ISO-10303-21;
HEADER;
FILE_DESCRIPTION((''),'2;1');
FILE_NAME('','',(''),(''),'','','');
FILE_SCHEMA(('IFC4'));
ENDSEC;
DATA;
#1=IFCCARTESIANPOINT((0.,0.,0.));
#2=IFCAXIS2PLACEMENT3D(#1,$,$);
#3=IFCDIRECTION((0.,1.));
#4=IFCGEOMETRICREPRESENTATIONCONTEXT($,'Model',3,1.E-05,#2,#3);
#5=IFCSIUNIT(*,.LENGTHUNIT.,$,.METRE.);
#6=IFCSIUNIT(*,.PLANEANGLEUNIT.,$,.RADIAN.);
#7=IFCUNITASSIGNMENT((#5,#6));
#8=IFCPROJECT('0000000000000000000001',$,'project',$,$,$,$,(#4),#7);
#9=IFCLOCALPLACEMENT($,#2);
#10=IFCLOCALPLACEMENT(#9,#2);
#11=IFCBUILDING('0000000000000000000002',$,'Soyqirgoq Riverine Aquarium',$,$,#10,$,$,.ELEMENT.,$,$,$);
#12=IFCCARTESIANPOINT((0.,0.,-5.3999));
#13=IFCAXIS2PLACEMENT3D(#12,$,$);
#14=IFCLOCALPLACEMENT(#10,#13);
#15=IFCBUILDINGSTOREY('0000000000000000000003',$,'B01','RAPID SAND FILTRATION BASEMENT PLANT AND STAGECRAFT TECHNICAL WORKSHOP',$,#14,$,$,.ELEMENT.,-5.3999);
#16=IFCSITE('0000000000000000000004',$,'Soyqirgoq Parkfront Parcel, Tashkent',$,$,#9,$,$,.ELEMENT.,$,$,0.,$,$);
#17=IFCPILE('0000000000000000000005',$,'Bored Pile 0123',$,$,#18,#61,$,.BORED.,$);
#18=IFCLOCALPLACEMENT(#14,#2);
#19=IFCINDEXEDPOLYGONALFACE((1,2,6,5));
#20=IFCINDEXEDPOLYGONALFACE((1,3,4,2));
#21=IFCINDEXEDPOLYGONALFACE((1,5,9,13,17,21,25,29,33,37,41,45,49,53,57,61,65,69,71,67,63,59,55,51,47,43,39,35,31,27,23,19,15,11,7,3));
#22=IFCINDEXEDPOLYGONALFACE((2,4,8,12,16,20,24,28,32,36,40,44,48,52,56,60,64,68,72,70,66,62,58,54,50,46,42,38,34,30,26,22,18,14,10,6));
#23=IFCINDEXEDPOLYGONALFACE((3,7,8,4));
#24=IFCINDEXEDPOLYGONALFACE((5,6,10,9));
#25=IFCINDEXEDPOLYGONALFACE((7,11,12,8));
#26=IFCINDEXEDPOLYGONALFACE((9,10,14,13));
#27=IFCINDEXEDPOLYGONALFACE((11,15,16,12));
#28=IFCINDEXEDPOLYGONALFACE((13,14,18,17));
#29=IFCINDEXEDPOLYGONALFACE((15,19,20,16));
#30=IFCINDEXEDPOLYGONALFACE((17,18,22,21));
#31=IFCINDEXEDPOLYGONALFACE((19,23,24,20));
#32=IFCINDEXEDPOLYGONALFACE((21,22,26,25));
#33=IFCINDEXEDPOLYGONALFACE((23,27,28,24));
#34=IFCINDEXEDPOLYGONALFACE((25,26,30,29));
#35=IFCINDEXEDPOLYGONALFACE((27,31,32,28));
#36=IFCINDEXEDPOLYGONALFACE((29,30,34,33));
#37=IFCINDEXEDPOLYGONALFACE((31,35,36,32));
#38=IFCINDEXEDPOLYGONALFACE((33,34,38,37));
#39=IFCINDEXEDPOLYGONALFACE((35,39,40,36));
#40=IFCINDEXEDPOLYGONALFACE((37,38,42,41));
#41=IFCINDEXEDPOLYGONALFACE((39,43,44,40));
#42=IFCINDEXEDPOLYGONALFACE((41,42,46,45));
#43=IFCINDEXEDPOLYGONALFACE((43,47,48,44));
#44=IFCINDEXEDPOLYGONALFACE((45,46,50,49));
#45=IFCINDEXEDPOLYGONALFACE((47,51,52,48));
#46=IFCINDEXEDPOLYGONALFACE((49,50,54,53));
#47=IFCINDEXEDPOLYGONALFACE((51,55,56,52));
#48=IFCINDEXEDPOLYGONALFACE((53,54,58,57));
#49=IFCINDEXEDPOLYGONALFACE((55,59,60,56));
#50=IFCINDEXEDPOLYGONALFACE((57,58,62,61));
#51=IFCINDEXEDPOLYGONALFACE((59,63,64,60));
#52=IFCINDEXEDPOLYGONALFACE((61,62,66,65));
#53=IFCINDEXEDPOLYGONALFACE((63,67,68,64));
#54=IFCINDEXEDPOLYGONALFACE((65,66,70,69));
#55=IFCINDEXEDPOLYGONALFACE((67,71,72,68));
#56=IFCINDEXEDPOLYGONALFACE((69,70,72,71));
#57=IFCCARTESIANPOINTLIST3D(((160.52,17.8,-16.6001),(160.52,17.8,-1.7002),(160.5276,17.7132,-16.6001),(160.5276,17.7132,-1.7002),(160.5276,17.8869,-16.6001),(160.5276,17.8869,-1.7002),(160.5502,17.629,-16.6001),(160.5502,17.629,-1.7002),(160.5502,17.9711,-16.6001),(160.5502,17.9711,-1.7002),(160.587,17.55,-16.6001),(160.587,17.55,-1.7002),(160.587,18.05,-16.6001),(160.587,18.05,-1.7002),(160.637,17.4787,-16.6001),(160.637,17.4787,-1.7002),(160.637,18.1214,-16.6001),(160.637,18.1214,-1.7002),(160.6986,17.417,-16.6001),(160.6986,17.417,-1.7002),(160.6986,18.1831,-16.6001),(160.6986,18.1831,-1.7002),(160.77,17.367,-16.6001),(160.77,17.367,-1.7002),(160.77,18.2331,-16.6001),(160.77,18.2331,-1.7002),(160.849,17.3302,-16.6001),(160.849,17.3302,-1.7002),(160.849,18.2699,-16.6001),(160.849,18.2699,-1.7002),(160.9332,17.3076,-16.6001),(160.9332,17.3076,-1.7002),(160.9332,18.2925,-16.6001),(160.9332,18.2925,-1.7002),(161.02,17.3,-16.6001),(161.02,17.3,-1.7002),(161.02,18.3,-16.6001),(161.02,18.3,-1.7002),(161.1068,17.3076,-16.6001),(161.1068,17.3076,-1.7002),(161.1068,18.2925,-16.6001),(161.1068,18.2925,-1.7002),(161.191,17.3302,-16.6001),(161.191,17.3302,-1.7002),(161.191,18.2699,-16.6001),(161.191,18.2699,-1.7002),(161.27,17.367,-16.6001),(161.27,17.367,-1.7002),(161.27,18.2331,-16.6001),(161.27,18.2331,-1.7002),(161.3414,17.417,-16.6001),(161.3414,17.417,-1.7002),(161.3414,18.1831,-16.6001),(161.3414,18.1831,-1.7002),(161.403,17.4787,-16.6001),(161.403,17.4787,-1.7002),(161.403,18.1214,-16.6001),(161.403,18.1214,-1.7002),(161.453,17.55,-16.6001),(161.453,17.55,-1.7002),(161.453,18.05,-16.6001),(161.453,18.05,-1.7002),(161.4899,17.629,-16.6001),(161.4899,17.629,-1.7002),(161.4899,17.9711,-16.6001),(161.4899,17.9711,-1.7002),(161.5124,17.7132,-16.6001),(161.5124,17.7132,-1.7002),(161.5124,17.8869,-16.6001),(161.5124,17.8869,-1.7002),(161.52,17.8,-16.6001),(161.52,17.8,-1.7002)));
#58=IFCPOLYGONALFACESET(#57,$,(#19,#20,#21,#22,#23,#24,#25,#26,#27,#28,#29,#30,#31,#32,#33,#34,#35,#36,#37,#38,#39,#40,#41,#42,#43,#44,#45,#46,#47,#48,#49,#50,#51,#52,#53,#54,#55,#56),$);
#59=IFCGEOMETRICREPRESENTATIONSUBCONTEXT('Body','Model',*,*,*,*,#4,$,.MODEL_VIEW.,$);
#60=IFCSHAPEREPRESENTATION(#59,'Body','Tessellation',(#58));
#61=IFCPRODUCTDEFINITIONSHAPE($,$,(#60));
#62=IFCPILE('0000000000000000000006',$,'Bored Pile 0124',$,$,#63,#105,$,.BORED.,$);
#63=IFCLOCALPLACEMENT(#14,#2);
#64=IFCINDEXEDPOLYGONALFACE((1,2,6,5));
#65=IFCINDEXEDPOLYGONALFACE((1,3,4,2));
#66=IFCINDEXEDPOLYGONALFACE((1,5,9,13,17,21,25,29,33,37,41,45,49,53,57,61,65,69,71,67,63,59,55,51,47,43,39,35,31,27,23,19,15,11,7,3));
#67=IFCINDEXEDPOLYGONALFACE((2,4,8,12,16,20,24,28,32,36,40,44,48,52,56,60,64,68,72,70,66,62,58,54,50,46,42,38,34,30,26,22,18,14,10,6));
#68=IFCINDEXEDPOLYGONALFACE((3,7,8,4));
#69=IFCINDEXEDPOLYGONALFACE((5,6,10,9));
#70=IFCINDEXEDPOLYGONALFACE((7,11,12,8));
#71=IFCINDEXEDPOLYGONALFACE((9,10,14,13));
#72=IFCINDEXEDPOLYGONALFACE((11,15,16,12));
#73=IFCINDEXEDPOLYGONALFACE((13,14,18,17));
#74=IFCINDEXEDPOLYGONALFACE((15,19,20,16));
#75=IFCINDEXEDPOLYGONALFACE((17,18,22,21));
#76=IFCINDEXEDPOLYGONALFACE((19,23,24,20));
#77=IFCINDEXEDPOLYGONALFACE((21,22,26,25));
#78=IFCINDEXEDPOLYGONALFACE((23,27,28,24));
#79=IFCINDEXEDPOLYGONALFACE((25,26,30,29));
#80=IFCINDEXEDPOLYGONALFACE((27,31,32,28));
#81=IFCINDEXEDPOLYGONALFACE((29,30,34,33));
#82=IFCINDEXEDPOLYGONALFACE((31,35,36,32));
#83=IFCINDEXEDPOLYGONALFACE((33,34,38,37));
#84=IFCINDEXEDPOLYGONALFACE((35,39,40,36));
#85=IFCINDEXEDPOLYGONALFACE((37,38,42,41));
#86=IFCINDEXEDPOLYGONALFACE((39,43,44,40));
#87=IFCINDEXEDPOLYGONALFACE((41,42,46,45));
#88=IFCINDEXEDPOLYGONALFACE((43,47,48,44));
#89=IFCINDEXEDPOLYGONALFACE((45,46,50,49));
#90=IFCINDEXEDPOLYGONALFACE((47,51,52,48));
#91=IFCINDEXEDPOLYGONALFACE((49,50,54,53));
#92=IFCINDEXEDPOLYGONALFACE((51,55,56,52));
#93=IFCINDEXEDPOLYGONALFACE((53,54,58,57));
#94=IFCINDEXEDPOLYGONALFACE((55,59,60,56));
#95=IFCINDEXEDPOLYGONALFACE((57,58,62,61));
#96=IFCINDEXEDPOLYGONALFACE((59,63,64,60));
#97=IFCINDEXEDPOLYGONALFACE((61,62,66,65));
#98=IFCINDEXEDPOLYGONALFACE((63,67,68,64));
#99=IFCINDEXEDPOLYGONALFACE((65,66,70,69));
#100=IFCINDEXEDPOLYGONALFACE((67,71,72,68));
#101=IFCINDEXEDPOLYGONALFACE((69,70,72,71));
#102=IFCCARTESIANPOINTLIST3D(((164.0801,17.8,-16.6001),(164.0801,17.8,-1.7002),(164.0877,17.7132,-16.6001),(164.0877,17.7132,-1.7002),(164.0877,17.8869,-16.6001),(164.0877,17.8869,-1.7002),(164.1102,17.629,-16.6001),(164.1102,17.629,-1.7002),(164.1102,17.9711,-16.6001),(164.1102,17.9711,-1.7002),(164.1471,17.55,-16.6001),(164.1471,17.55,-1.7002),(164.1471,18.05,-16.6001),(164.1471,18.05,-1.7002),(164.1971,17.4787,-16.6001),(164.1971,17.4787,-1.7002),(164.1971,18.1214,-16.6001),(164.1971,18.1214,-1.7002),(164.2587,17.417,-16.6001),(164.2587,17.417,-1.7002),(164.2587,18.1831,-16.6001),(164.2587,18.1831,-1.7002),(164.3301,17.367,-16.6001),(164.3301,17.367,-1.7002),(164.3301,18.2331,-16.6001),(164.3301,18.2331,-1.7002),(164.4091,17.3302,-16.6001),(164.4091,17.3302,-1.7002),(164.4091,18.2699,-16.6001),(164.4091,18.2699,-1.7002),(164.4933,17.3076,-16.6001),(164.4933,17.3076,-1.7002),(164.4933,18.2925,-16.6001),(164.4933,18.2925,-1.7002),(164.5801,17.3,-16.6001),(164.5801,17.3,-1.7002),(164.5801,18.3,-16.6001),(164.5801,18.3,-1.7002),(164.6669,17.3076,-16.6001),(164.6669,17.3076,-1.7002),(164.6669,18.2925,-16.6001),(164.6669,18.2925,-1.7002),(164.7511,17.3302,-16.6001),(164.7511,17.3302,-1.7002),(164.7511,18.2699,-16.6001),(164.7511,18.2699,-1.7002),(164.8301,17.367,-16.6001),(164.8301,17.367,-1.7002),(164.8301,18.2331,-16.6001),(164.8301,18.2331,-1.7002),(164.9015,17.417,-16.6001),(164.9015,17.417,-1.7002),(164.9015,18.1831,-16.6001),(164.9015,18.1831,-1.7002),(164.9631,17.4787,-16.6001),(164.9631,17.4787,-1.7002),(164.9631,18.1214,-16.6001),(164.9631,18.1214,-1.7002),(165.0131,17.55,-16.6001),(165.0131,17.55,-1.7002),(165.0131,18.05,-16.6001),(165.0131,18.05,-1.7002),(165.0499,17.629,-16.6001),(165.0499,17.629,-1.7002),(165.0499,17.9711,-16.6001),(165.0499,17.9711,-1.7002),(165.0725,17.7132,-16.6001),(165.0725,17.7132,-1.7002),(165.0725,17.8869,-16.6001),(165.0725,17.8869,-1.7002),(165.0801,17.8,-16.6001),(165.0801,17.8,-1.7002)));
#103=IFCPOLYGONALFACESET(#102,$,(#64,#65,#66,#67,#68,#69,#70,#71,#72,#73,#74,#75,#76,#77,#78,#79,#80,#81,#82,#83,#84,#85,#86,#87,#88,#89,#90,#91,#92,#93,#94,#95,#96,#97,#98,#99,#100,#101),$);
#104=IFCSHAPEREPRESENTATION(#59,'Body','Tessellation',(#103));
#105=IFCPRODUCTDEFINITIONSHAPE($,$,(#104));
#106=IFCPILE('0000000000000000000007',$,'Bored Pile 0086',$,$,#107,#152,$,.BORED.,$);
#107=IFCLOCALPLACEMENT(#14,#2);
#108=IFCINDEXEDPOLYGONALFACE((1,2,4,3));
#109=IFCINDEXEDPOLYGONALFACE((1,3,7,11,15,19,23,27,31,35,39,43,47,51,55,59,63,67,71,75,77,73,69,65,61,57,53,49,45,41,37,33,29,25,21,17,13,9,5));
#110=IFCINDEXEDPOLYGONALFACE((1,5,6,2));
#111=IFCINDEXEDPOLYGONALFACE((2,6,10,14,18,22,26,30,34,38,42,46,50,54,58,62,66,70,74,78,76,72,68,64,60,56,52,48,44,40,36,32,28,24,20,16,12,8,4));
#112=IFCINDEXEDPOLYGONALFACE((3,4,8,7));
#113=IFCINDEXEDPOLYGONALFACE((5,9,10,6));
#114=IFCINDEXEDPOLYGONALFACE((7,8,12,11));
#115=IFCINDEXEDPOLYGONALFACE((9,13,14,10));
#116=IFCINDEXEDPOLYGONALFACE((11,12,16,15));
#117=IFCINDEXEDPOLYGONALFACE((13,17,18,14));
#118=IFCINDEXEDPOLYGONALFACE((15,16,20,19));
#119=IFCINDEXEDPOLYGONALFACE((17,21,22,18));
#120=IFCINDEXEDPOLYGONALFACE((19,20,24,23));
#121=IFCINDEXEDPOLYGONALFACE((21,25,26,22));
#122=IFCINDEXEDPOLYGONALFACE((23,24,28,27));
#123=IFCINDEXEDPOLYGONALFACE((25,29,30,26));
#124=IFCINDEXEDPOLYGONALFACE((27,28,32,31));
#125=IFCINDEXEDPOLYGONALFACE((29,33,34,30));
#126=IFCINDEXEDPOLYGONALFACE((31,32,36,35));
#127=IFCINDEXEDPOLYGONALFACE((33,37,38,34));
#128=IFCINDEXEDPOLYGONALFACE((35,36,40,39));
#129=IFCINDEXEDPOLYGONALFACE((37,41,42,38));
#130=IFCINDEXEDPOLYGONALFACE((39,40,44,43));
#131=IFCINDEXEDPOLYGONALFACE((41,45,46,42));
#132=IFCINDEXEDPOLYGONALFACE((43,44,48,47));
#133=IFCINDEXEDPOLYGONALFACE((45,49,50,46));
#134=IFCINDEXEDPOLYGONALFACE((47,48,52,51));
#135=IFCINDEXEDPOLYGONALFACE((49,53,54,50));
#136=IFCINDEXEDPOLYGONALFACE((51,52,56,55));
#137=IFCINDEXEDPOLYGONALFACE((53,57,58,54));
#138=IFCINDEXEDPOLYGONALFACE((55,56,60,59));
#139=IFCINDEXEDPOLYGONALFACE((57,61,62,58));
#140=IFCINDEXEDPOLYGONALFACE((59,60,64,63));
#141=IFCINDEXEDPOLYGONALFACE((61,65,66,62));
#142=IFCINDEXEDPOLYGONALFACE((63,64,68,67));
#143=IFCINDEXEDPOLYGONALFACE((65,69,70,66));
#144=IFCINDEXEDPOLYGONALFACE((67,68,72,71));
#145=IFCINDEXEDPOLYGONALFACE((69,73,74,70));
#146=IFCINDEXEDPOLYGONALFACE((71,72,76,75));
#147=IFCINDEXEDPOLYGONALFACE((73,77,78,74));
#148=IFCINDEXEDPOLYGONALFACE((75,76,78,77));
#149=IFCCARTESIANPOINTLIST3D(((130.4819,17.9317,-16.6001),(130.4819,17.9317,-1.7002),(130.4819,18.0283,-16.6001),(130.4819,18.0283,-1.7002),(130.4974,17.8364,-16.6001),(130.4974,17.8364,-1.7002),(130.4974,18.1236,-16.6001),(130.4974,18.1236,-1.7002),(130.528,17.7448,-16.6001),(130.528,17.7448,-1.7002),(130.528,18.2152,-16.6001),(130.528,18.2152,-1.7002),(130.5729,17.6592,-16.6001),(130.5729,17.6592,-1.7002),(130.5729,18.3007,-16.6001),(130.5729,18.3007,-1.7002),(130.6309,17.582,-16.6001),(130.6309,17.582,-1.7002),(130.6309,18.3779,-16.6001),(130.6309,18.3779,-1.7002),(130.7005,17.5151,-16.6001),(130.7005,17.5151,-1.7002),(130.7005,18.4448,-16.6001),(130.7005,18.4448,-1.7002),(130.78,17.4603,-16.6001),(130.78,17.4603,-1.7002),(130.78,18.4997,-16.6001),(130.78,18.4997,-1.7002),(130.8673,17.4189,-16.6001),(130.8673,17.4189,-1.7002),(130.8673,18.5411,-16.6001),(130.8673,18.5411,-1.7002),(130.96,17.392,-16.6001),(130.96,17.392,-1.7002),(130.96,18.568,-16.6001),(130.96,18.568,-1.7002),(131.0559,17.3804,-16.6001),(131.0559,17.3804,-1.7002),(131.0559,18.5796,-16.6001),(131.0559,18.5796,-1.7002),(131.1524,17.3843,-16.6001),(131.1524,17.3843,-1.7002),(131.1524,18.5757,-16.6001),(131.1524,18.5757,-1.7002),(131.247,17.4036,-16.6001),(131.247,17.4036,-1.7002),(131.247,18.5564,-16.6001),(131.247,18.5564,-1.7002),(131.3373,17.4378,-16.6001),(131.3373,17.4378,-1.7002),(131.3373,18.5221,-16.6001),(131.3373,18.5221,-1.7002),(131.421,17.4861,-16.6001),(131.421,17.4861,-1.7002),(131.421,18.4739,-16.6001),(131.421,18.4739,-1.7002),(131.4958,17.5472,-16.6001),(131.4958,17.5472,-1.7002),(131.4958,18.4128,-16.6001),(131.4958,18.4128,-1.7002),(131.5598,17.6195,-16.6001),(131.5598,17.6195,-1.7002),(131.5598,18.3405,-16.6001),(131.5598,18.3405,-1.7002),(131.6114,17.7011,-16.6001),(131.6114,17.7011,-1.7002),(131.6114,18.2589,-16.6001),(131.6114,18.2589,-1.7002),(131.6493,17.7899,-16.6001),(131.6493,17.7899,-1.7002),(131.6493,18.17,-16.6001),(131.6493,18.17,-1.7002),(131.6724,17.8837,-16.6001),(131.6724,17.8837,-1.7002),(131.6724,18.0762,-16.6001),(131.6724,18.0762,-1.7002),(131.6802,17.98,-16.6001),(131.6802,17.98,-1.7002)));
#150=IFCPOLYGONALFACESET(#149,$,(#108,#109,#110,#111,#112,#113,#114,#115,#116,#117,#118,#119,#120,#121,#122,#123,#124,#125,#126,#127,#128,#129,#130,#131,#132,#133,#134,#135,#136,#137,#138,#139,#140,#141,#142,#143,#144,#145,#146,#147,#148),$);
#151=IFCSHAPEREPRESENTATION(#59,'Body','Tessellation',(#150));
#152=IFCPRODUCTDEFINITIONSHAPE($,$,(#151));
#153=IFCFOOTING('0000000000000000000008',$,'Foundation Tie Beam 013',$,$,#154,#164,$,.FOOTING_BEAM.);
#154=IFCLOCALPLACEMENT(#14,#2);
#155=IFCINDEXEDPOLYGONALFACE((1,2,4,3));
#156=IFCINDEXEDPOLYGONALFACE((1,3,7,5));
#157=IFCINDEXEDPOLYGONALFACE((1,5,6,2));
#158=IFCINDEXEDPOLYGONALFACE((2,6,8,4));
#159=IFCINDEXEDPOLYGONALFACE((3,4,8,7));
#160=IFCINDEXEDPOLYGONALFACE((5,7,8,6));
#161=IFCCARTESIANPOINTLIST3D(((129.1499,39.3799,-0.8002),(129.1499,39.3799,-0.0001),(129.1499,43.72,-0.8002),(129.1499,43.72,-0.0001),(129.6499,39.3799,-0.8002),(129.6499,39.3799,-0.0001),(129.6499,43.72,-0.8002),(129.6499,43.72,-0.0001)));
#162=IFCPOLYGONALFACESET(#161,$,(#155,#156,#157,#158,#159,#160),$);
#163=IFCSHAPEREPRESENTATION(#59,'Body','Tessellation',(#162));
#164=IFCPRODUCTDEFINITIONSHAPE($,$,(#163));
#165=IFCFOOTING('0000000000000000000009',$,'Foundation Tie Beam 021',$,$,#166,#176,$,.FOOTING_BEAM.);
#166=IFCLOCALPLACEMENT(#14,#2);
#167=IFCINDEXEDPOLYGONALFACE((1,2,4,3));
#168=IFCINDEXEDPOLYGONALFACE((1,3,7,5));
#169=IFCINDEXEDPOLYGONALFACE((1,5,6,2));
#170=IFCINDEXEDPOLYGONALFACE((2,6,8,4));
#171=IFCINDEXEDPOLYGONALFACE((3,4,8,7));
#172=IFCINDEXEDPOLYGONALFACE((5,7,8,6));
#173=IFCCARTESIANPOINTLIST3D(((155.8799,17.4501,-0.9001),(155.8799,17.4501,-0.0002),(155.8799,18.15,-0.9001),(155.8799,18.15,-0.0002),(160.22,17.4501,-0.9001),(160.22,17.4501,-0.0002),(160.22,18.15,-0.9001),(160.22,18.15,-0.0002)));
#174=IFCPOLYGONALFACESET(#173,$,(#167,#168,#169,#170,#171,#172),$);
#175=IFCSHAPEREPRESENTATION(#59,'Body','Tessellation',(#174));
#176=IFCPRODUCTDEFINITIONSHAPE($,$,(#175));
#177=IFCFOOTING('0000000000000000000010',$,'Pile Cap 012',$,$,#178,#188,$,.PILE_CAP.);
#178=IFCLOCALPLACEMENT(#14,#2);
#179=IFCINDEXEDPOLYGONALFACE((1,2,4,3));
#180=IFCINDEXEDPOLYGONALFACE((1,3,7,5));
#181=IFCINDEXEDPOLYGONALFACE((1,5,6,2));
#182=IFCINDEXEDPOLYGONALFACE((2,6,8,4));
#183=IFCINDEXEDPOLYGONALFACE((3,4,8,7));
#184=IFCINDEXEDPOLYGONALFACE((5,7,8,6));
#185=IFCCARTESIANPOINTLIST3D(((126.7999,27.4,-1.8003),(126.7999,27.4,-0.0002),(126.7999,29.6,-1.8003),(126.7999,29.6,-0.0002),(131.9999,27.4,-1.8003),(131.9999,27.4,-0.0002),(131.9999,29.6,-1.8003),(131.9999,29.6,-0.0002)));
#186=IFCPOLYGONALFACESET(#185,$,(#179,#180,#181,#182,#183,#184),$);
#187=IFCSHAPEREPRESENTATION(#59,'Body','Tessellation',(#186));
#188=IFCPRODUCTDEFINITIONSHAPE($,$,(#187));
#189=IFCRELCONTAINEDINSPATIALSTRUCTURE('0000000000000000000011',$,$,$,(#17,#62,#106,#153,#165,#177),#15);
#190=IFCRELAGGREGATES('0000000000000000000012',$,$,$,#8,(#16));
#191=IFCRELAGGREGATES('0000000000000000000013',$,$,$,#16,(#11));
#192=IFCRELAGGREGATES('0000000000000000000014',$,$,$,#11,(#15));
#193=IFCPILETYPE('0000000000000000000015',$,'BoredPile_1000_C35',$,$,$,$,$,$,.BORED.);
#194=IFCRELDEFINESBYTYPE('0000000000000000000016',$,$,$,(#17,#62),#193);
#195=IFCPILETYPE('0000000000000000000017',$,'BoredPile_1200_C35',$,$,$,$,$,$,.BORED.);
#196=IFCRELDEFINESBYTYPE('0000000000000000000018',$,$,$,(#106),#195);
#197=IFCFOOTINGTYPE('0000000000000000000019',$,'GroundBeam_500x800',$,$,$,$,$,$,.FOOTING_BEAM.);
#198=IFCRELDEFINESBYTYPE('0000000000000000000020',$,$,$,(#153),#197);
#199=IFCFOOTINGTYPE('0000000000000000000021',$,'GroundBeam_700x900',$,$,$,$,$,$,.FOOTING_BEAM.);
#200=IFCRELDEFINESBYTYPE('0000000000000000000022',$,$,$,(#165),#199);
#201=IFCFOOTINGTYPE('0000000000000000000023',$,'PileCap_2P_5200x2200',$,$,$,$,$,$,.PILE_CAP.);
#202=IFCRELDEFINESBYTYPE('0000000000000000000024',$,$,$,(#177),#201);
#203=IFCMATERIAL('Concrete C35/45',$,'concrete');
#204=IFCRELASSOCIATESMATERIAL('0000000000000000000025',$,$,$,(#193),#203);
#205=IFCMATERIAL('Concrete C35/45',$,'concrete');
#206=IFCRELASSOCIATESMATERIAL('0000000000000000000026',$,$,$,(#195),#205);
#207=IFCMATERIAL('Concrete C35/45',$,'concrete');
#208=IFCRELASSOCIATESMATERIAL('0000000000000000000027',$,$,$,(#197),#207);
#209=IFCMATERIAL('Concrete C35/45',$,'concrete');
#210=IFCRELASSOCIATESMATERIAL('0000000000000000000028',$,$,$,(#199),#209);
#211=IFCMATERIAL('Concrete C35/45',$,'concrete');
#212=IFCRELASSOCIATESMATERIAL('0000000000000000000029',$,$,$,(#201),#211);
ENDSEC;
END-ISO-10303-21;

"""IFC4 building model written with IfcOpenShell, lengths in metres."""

from ifc_helpers import new_model, si_unit, direction, frame, origin, origin_2d, place, context, subcontext, project, spatial, rectangle, circle, extrude, material, material_profile, profile_set, type_object, element, save


model = new_model("IFC4")

# Units and contexts
model_context = context("Model", 3, precision=1e-05, world=origin(), true_north=direction((0.0, 1.0)))
body_context = subcontext(model_context, "Body", "Model", "MODEL_VIEW")
ifc_project = project(units=[si_unit("LENGTHUNIT", "METRE"), si_unit("PLANEANGLEUNIT", "RADIAN")], contexts=[model_context])

# Site, building, storey
site_placement = place(None, origin())
site = spatial("IfcSite", under=ifc_project, at=site_placement, Name="Soyqirgoq Parkfront Parcel, Tashkent", CompositionType="ELEMENT", RefElevation=0.0)
building_placement = place(site_placement, origin())
building = spatial("IfcBuilding", under=site, at=building_placement, Name="Soyqirgoq Riverine Aquarium", CompositionType="ELEMENT")
storey_placement = place(building_placement, frame((0.0, 0.0, -5.3999)))
storey = spatial("IfcBuildingStorey", under=building, at=storey_placement, Name="B01", Description="RAPID SAND FILTRATION BASEMENT PLANT AND STAGECRAFT TECHNICAL WORKSHOP", CompositionType="ELEMENT", Elevation=-5.3999)

# Piles
ifc_material_1 = material(Name="Concrete C35/45", Category="concrete")
ifc_material_profile_1 = material_profile(ifc_material_1, circle(Radius=0.5, at=origin_2d()), Name="BP D1000")
ifc_profile_set_1 = profile_set([ifc_material_profile_1], Name="Concrete C35/45")
pile_type_1 = type_object("IfcPileType", Name="BoredPile_1000_C35", PredefinedType="BORED", material=ifc_profile_set_1)
for number, where, z_axis, x_axis, name in (
    (1, (161.02, 17.8, -1.7002), (0.0, 0.0, -1.0), (1.0, 0.0, 0.0), "Bored Pile 0123"),
    (2, (164.5801, 17.8, -1.7002), (0.0, 0.0, -1.0), (1.0, 0.0, 0.0), "Bored Pile 0124"),
):
    element("IfcPile", number, at=place(storey_placement, frame(where, z_axis=z_axis, x_axis=x_axis)), inside=storey, type_object=pile_type_1, Name=name, PredefinedType="BORED", context=body_context, shape_type="SweptSolid", body=[
        extrude(circle(Radius=0.5, at=origin_2d()), origin(), (0.0, 0.0, 1.0), 14.8999),
    ])
ifc_material_2 = material(Name="Concrete C35/45", Category="concrete")
ifc_material_profile_2 = material_profile(ifc_material_2, circle(Radius=0.6001, at=origin_2d()), Name="BP D1200")
ifc_profile_set_2 = profile_set([ifc_material_profile_2], Name="Concrete C35/45")
pile_type_2 = type_object("IfcPileType", Name="BoredPile_1200_C35", PredefinedType="BORED", material=ifc_profile_set_2)
pile_placement = place(storey_placement, frame((131.0801, 17.98, -1.7002), z_axis=(0.0, 0.0, -1.0), x_axis=(1.0, 0.0, 0.0)))
element("IfcPile", 3, at=pile_placement, inside=storey, type_object=pile_type_2, Name="Bored Pile 0086", PredefinedType="BORED", context=body_context, shape_type="SweptSolid", body=[
    extrude(circle(Radius=0.6001, at=origin_2d()), origin(), (0.0, 0.0, 1.0), 14.8999),
])

# Footings
ifc_material_3 = material(Name="Concrete C35/45", Category="concrete")
ifc_material_profile_3 = material_profile(ifc_material_3, rectangle(XDim=0.5, YDim=0.8, at=origin_2d()), Name="RC 500x800")
ifc_profile_set_3 = profile_set([ifc_material_profile_3], Name="Concrete C35/45")
footing_type_1 = type_object("IfcFootingType", Name="GroundBeam_500x800", PredefinedType="FOOTING_BEAM", material=ifc_profile_set_3)
footing_1_placement = place(storey_placement, frame((129.3999, 39.3799, -0.4001), z_axis=(0.0, 1.0, 0.0), x_axis=(-1.0, 0.0, 0.0)))
element("IfcFooting", 4, at=footing_1_placement, inside=storey, type_object=footing_type_1, Name="Foundation Tie Beam 013", PredefinedType="FOOTING_BEAM", context=body_context, shape_type="SweptSolid", body=[
    extrude(rectangle(XDim=0.5, YDim=0.8, at=origin_2d()), origin(), (0.0, 0.0, 1.0), 4.3401),
])
ifc_material_4 = material(Name="Concrete C35/45", Category="concrete")
ifc_material_profile_4 = material_profile(ifc_material_4, rectangle(XDim=0.7, YDim=0.8999, at=origin_2d()), Name="RC 700x900")
ifc_profile_set_4 = profile_set([ifc_material_profile_4], Name="Concrete C35/45")
footing_type_2 = type_object("IfcFootingType", Name="GroundBeam_700x900", PredefinedType="FOOTING_BEAM", material=ifc_profile_set_4)
footing_2_placement = place(storey_placement, frame((155.8799, 17.8, -0.4502), z_axis=(1.0, 0.0, 0.0), x_axis=(0.0, 1.0, 0.0)))
element("IfcFooting", 5, at=footing_2_placement, inside=storey, type_object=footing_type_2, Name="Foundation Tie Beam 021", PredefinedType="FOOTING_BEAM", context=body_context, shape_type="SweptSolid", body=[
    extrude(rectangle(XDim=0.7, YDim=0.8999, at=origin_2d()), origin(), (0.0, 0.0, 1.0), 4.3401),
])
ifc_material_5 = material(Name="Concrete C35/45", Category="concrete")
footing_type_3 = type_object("IfcFootingType", Name="PileCap_2P_5200x2200", PredefinedType="PILE_CAP", material=ifc_material_5)
for number, where, z_axis, x_axis, name in (
    (6, (129.3999, 28.5, -1.8003), (0.0, 0.0, 1.0), (1.0, 0.0, 0.0), "Pile Cap 012"),
):
    element("IfcFooting", number, at=place(storey_placement, frame(where, z_axis=z_axis, x_axis=x_axis)), inside=storey, type_object=footing_type_3, Name=name, PredefinedType="PILE_CAP", context=body_context, shape_type="SweptSolid", body=[
        extrude(rectangle(XDim=5.2, YDim=2.2, at=origin_2d()), origin(), (0.0, 0.0, 1.0), 1.8),
    ])

save(model, "model.ifc")
